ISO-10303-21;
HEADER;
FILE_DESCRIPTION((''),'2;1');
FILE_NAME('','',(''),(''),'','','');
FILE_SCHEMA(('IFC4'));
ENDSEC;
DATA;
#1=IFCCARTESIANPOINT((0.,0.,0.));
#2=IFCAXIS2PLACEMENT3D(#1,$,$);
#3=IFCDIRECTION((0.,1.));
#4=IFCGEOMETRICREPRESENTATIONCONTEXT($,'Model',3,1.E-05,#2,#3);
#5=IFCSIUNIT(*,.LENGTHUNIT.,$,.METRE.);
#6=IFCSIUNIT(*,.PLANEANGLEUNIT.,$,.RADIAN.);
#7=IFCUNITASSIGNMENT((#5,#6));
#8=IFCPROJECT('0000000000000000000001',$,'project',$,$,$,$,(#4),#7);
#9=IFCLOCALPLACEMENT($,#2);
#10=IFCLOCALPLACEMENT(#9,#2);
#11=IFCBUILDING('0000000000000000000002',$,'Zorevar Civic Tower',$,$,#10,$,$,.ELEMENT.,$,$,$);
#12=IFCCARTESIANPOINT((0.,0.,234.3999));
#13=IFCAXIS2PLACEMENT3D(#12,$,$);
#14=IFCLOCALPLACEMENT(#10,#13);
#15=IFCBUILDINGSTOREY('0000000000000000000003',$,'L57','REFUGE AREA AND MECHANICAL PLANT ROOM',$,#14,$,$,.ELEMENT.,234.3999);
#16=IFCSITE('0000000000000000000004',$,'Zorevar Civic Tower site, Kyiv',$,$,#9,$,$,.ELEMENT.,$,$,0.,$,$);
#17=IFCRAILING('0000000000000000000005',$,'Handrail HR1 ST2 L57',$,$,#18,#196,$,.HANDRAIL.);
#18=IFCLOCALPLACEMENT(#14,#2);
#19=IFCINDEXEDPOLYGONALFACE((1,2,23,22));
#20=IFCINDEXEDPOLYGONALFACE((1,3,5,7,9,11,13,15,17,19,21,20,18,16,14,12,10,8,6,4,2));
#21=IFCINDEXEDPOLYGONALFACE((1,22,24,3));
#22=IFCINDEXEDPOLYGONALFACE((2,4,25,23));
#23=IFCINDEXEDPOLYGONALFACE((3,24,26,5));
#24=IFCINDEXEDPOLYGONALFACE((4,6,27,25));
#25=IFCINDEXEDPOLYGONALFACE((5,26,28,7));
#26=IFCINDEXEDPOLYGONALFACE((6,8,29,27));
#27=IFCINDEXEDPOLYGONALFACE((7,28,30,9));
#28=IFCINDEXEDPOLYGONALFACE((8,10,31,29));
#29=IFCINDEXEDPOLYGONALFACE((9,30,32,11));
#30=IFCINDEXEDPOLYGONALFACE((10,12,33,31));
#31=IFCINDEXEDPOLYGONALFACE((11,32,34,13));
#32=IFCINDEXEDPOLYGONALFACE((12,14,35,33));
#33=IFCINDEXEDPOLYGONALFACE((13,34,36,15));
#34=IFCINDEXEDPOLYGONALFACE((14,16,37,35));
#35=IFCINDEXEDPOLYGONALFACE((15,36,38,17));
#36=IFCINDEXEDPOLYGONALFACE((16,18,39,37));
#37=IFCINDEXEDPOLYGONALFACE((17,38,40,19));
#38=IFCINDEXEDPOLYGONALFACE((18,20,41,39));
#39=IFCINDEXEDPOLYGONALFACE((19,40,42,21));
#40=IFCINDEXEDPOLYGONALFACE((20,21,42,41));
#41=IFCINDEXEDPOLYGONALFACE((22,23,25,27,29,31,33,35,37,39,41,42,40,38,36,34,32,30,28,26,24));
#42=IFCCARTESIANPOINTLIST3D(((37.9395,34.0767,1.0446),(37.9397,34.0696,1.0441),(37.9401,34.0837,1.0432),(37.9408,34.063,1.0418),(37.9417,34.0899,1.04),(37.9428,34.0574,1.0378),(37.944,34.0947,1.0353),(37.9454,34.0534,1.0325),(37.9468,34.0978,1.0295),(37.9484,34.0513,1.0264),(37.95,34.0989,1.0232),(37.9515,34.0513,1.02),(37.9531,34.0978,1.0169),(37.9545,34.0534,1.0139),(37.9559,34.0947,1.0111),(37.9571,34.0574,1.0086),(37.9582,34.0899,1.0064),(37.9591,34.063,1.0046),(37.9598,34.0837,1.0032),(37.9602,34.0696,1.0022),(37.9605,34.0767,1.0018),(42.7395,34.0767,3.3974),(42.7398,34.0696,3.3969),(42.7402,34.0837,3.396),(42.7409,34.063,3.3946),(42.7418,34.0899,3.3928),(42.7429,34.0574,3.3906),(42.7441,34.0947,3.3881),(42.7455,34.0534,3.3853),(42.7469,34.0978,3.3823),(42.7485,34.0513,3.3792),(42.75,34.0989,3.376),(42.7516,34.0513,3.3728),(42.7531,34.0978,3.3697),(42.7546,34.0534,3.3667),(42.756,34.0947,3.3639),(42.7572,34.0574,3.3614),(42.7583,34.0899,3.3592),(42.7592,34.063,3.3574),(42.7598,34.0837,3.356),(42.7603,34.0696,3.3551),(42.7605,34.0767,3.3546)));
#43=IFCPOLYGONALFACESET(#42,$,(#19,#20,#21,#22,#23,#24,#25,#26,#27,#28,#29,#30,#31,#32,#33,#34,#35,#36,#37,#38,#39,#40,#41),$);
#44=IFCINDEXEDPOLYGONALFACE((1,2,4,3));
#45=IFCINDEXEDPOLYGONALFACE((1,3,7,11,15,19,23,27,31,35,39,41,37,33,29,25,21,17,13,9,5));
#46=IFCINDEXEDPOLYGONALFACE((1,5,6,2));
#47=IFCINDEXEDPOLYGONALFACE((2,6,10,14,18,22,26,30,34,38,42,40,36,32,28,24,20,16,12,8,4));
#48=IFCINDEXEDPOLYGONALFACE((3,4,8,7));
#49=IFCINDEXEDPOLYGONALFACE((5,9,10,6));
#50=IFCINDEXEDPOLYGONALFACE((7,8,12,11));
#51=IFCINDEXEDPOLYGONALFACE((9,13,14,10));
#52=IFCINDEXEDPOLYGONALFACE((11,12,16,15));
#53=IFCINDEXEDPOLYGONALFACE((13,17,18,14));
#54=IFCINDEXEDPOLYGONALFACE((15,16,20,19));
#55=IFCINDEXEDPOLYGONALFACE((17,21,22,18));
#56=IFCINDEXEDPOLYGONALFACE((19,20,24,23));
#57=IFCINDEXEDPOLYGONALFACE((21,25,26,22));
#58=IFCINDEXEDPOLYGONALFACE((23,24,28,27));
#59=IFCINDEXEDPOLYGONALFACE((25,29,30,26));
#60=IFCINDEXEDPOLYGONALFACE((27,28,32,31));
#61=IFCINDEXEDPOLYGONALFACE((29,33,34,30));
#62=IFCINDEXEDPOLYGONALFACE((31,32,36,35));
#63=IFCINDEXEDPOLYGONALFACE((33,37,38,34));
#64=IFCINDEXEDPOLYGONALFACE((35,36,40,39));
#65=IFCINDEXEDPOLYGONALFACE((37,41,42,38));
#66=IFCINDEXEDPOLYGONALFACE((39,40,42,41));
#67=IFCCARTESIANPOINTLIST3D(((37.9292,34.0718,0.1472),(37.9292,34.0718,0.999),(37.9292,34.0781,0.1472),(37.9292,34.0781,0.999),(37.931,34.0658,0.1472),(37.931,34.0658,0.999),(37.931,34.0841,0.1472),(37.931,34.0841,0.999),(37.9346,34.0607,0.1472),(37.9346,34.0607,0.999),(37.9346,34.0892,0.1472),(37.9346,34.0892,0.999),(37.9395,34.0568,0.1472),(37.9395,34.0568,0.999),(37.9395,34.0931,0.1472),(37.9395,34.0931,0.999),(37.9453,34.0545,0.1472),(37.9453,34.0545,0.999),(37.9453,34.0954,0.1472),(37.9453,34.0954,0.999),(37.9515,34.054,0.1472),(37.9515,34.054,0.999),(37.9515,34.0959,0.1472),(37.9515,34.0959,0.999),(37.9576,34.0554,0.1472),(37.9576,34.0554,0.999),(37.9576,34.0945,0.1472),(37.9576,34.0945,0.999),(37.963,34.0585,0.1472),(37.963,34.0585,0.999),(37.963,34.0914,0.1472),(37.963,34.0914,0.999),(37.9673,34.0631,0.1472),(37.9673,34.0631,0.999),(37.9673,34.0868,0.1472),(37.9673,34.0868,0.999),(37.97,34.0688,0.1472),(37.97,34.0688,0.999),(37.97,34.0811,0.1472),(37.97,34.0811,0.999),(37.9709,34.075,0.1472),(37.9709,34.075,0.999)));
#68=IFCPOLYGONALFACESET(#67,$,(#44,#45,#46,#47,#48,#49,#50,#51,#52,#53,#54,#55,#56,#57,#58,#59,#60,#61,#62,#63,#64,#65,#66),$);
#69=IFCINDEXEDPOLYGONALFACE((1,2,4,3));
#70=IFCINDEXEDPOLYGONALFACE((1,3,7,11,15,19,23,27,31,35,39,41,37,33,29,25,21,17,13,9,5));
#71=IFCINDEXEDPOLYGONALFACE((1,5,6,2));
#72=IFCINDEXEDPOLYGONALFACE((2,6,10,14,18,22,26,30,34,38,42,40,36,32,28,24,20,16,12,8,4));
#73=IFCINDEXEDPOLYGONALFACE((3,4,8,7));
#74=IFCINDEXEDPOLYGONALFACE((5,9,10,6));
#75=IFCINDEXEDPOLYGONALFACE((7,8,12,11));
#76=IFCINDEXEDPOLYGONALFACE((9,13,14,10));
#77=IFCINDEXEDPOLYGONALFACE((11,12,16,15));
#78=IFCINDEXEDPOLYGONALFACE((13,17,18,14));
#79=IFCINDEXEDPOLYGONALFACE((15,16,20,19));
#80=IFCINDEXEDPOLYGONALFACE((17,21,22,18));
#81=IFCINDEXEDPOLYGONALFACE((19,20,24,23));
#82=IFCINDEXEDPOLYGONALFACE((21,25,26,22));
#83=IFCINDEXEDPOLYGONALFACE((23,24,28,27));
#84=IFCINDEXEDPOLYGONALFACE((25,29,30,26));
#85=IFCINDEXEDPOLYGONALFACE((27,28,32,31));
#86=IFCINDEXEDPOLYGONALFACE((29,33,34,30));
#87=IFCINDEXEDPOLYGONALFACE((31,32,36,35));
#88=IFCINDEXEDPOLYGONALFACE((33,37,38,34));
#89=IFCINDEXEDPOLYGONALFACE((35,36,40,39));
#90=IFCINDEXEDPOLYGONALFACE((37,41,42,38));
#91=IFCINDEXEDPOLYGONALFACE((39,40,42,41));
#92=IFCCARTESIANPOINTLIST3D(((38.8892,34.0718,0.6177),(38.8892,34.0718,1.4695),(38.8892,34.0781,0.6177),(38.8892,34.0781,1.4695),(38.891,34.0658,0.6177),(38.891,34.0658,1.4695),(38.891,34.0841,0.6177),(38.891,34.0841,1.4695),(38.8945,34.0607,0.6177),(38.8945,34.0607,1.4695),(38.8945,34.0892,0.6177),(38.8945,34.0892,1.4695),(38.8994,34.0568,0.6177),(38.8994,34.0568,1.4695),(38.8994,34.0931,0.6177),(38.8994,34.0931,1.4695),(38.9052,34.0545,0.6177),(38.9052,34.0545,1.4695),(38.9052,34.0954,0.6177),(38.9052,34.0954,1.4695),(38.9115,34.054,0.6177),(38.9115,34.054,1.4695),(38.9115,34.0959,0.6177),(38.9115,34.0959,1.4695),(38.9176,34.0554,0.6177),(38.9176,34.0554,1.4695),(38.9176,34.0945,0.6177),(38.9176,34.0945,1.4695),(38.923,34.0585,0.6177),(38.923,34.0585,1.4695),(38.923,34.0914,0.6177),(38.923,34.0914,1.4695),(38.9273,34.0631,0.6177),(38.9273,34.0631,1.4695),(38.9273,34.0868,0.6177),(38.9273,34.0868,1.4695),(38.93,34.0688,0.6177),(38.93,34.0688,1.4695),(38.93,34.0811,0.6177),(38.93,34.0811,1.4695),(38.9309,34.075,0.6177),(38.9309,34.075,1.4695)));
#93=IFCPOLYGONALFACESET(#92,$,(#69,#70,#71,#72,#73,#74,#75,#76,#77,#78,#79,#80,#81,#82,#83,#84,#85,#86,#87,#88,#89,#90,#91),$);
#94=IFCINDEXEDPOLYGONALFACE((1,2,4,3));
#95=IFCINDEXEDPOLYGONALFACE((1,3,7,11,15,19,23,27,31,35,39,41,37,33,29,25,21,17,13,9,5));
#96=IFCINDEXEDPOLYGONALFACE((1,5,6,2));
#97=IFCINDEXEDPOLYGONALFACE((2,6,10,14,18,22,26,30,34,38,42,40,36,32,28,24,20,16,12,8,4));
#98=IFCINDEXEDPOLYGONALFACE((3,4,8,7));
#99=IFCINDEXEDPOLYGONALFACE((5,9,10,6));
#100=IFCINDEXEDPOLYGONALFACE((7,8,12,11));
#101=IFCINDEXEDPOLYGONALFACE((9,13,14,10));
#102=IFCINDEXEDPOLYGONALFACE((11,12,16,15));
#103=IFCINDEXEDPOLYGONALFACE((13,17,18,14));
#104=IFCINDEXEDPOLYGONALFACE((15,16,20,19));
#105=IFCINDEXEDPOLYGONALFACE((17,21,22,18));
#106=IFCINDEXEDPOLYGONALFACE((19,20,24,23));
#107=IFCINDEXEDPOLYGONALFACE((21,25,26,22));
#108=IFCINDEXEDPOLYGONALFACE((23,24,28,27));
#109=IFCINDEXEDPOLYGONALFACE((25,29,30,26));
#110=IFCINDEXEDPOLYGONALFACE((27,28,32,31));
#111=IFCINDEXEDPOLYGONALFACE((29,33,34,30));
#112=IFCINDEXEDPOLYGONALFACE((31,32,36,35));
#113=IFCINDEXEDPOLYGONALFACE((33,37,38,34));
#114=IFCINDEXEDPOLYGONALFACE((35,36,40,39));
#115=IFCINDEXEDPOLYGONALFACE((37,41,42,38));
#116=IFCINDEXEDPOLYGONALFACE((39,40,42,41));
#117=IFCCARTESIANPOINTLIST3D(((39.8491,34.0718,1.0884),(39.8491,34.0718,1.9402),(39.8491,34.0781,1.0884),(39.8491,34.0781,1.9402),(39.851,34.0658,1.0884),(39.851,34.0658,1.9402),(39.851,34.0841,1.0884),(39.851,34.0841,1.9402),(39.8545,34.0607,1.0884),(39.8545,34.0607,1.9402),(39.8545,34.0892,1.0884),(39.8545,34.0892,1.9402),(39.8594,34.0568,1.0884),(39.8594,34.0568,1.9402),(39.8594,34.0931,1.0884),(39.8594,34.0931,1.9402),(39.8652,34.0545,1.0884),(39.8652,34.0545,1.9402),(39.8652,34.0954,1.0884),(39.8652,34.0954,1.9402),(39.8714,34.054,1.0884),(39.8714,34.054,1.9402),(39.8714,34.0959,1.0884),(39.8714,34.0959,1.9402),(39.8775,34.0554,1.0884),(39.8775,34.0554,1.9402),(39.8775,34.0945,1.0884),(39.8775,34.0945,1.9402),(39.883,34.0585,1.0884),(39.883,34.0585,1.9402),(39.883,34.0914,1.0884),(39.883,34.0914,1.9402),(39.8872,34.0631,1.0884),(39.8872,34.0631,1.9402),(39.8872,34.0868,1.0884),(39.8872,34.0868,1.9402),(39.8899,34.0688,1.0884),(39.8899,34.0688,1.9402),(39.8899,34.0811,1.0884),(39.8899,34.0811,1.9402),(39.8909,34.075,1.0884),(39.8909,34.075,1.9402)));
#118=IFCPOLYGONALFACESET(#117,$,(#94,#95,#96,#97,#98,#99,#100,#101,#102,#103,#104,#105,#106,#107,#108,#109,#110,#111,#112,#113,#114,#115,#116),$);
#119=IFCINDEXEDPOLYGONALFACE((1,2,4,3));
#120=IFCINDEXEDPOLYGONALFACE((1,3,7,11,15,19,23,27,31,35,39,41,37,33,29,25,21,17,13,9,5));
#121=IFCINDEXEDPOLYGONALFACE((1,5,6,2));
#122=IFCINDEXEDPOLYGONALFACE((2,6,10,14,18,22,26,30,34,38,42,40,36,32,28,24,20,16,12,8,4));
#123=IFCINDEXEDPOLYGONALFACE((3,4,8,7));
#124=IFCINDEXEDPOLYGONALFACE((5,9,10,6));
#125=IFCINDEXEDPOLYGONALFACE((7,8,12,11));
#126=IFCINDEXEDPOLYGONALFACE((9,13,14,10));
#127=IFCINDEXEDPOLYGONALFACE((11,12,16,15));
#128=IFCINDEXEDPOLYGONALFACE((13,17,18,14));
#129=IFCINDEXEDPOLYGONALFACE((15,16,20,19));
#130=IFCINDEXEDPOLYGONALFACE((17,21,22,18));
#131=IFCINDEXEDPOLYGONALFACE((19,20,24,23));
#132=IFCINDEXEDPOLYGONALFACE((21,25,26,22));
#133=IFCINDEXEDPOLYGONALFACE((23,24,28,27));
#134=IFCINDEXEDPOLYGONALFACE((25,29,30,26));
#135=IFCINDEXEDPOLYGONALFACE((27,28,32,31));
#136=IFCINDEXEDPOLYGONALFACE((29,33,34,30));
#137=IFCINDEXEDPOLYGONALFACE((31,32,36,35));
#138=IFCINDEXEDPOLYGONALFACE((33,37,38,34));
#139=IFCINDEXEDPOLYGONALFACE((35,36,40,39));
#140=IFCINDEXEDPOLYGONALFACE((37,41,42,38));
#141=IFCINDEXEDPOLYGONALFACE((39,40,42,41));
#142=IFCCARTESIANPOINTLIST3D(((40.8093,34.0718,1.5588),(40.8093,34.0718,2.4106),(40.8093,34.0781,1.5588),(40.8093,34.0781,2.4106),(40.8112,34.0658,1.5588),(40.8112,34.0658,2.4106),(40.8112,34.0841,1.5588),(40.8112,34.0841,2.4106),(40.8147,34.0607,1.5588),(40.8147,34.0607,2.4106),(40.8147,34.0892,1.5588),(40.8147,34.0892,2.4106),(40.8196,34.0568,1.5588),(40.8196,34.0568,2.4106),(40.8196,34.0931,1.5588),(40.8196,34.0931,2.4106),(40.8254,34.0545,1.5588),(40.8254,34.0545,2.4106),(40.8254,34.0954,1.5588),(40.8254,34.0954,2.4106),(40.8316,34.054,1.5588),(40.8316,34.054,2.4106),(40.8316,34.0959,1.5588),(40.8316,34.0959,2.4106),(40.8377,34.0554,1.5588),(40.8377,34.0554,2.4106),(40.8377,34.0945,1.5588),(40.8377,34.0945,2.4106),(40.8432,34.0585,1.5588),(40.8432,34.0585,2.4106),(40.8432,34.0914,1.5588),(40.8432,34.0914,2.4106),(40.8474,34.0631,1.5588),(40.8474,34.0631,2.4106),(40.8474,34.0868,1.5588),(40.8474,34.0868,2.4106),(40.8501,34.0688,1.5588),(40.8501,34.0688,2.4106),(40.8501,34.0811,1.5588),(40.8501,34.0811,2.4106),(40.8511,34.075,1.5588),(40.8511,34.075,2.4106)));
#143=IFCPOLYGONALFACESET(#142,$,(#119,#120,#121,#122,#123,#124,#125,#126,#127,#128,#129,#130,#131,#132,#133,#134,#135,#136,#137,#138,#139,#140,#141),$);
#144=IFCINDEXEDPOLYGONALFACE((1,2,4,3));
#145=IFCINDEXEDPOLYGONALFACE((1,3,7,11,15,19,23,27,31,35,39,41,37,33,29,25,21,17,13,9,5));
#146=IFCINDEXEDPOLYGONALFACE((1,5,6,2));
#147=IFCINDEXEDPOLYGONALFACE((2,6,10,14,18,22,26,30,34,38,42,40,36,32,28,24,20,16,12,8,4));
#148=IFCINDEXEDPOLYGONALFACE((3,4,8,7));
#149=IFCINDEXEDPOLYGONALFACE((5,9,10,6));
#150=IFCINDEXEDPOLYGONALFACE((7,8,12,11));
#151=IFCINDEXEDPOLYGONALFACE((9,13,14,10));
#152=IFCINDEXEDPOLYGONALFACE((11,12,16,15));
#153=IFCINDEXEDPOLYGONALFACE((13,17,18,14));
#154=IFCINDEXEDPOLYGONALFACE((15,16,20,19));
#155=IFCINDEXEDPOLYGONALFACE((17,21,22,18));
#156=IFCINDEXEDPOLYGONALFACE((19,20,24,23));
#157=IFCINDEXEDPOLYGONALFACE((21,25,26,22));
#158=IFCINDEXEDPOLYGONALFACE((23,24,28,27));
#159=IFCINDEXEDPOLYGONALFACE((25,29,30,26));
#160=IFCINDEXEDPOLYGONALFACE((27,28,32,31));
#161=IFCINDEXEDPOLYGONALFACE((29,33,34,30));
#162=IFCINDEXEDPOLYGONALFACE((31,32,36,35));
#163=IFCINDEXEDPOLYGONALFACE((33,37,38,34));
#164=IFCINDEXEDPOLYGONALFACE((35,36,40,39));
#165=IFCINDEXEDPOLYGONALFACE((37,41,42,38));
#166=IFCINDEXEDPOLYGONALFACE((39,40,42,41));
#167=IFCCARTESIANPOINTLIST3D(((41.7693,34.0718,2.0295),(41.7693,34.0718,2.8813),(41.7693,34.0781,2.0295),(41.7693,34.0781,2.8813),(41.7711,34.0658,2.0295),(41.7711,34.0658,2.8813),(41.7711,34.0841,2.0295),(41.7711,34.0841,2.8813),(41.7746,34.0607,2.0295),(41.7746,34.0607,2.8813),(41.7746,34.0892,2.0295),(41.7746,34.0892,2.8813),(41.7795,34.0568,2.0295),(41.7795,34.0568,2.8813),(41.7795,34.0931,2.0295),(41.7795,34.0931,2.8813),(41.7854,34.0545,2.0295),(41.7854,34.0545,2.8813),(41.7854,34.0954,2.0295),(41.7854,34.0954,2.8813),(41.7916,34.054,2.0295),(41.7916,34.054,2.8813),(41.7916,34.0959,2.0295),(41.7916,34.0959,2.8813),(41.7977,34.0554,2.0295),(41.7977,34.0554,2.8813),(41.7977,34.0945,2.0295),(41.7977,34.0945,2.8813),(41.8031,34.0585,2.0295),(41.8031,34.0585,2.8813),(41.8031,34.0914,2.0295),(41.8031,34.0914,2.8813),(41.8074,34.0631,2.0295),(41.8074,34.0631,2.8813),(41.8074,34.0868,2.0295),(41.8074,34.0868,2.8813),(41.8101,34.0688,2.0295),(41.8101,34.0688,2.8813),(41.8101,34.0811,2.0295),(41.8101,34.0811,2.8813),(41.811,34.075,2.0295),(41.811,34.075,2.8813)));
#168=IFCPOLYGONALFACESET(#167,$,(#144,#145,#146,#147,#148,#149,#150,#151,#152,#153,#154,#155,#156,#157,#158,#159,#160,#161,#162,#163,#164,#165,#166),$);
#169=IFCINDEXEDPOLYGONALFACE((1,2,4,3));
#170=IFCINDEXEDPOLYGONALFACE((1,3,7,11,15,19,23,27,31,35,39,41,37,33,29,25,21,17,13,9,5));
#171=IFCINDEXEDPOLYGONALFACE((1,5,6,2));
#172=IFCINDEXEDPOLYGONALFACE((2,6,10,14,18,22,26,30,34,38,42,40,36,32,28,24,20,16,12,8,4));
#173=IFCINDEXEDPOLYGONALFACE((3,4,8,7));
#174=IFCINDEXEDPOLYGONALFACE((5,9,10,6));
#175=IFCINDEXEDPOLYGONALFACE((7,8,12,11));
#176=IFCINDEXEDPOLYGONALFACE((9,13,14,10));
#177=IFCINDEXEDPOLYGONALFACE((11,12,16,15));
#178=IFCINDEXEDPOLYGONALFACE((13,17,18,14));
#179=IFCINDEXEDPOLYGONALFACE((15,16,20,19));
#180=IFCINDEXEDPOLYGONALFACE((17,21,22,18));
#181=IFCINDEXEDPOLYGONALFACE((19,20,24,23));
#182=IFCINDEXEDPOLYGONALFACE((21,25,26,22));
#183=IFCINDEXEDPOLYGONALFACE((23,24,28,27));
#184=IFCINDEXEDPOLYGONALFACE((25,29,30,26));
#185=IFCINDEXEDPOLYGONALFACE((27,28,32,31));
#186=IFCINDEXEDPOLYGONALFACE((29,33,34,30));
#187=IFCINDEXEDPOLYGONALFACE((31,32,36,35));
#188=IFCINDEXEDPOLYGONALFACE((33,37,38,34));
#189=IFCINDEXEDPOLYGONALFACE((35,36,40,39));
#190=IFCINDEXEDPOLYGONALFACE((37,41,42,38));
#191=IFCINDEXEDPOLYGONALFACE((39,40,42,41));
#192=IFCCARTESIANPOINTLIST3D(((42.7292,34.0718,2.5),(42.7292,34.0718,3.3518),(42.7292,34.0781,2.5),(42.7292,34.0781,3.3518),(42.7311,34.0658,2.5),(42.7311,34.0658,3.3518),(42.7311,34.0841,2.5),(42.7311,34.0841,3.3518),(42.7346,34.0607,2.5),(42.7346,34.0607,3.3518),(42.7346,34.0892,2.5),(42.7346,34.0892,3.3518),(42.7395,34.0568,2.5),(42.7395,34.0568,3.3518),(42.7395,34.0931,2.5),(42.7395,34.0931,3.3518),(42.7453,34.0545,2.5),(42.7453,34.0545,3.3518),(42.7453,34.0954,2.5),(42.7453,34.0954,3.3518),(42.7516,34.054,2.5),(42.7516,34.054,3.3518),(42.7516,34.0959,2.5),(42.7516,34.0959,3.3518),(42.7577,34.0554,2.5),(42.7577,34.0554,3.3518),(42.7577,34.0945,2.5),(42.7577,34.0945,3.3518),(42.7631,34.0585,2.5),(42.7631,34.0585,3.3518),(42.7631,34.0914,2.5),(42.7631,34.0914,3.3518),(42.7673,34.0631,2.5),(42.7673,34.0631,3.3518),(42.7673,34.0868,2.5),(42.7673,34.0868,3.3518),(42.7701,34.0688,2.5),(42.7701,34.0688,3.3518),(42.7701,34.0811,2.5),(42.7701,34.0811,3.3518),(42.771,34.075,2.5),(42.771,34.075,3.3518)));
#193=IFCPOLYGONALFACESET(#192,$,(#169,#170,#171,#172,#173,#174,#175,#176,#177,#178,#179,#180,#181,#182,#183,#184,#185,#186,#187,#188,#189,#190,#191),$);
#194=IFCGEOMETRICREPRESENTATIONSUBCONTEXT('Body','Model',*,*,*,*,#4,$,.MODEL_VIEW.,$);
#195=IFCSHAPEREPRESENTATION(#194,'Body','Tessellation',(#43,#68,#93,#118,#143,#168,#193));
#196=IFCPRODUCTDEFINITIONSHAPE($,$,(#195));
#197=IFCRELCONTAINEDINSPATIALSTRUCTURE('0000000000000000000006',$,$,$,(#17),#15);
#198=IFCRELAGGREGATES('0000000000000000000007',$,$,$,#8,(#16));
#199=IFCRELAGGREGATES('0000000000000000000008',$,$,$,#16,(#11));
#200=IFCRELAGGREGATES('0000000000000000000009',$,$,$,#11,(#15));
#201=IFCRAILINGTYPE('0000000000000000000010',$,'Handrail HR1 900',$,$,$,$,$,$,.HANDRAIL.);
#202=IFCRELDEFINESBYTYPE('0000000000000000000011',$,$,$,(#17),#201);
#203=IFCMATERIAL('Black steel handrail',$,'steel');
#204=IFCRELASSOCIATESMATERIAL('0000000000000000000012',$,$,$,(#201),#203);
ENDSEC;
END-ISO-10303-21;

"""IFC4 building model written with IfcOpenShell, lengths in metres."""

from ifc_helpers import new_model, si_unit, direction, frame, origin, origin_2d, place, context, subcontext, project, spatial, circle, extrude, material, type_object, element, save


model = new_model("IFC4")

# Units and contexts
model_context = context("Model", 3, precision=1e-05, world=origin(), true_north=direction((0.0, 1.0)))
body_context = subcontext(model_context, "Body", "Model", "MODEL_VIEW")
ifc_project = project(units=[si_unit("LENGTHUNIT", "METRE"), si_unit("PLANEANGLEUNIT", "RADIAN")], contexts=[model_context])

# Site, building, storey
site_placement = place(None, origin())
site = spatial("IfcSite", under=ifc_project, at=site_placement, Name="Zorevar Civic Tower site, Kyiv", CompositionType="ELEMENT", RefElevation=0.0)
building_placement = place(site_placement, origin())
building = spatial("IfcBuilding", under=site, at=building_placement, Name="Zorevar Civic Tower", CompositionType="ELEMENT")
storey_placement = place(building_placement, frame((0.0, 0.0, 234.3999)))
storey = spatial("IfcBuildingStorey", under=building, at=storey_placement, Name="L57", Description="REFUGE AREA AND MECHANICAL PLANT ROOM", CompositionType="ELEMENT", Elevation=234.3999)

# Railing
ifc_material_1 = material(Name="Black steel handrail", Category="steel")
railing_type = type_object("IfcRailingType", Name="Handrail HR1 900", PredefinedType="HANDRAIL", material=ifc_material_1)
railing_placement = place(storey_placement, frame((37.95, 34.075, 0.1472)))
element("IfcRailing", 1, at=railing_placement, inside=storey, type_object=railing_type, Name="Handrail HR1 ST2 L57", PredefinedType="HANDRAIL", context=body_context, shape_type="SweptSolid", body=[
    extrude(circle(Radius=0.0239, at=origin_2d()), frame((0.0, 0.0, 0.876), z_axis=(0.897934, 0.0, 0.44013), x_axis=(0.0, 1.0, 0.0)), (0.0, 0.0, 1.0), 5.3457),
    extrude(circle(Radius=0.021, at=origin_2d()), origin(), (0.0, 0.0, 1.0), 0.8518),
    extrude(circle(Radius=0.021, at=origin_2d()), frame((0.96, 0.0, 0.4705)), (0.0, 0.0, 1.0), 0.8518),
    extrude(circle(Radius=0.021, at=origin_2d()), frame((1.9199, 0.0, 0.9412)), (0.0, 0.0, 1.0), 0.8518),
    extrude(circle(Radius=0.021, at=origin_2d()), frame((2.8801, 0.0, 1.4116)), (0.0, 0.0, 1.0), 0.8518),
    extrude(circle(Radius=0.021, at=origin_2d()), frame((3.8401, 0.0, 1.8823)), (0.0, 0.0, 1.0), 0.8518),
    extrude(circle(Radius=0.021, at=origin_2d()), frame((4.8, 0.0, 2.3528)), (0.0, 0.0, 1.0), 0.8518),
])

save(model, "model.ifc")
